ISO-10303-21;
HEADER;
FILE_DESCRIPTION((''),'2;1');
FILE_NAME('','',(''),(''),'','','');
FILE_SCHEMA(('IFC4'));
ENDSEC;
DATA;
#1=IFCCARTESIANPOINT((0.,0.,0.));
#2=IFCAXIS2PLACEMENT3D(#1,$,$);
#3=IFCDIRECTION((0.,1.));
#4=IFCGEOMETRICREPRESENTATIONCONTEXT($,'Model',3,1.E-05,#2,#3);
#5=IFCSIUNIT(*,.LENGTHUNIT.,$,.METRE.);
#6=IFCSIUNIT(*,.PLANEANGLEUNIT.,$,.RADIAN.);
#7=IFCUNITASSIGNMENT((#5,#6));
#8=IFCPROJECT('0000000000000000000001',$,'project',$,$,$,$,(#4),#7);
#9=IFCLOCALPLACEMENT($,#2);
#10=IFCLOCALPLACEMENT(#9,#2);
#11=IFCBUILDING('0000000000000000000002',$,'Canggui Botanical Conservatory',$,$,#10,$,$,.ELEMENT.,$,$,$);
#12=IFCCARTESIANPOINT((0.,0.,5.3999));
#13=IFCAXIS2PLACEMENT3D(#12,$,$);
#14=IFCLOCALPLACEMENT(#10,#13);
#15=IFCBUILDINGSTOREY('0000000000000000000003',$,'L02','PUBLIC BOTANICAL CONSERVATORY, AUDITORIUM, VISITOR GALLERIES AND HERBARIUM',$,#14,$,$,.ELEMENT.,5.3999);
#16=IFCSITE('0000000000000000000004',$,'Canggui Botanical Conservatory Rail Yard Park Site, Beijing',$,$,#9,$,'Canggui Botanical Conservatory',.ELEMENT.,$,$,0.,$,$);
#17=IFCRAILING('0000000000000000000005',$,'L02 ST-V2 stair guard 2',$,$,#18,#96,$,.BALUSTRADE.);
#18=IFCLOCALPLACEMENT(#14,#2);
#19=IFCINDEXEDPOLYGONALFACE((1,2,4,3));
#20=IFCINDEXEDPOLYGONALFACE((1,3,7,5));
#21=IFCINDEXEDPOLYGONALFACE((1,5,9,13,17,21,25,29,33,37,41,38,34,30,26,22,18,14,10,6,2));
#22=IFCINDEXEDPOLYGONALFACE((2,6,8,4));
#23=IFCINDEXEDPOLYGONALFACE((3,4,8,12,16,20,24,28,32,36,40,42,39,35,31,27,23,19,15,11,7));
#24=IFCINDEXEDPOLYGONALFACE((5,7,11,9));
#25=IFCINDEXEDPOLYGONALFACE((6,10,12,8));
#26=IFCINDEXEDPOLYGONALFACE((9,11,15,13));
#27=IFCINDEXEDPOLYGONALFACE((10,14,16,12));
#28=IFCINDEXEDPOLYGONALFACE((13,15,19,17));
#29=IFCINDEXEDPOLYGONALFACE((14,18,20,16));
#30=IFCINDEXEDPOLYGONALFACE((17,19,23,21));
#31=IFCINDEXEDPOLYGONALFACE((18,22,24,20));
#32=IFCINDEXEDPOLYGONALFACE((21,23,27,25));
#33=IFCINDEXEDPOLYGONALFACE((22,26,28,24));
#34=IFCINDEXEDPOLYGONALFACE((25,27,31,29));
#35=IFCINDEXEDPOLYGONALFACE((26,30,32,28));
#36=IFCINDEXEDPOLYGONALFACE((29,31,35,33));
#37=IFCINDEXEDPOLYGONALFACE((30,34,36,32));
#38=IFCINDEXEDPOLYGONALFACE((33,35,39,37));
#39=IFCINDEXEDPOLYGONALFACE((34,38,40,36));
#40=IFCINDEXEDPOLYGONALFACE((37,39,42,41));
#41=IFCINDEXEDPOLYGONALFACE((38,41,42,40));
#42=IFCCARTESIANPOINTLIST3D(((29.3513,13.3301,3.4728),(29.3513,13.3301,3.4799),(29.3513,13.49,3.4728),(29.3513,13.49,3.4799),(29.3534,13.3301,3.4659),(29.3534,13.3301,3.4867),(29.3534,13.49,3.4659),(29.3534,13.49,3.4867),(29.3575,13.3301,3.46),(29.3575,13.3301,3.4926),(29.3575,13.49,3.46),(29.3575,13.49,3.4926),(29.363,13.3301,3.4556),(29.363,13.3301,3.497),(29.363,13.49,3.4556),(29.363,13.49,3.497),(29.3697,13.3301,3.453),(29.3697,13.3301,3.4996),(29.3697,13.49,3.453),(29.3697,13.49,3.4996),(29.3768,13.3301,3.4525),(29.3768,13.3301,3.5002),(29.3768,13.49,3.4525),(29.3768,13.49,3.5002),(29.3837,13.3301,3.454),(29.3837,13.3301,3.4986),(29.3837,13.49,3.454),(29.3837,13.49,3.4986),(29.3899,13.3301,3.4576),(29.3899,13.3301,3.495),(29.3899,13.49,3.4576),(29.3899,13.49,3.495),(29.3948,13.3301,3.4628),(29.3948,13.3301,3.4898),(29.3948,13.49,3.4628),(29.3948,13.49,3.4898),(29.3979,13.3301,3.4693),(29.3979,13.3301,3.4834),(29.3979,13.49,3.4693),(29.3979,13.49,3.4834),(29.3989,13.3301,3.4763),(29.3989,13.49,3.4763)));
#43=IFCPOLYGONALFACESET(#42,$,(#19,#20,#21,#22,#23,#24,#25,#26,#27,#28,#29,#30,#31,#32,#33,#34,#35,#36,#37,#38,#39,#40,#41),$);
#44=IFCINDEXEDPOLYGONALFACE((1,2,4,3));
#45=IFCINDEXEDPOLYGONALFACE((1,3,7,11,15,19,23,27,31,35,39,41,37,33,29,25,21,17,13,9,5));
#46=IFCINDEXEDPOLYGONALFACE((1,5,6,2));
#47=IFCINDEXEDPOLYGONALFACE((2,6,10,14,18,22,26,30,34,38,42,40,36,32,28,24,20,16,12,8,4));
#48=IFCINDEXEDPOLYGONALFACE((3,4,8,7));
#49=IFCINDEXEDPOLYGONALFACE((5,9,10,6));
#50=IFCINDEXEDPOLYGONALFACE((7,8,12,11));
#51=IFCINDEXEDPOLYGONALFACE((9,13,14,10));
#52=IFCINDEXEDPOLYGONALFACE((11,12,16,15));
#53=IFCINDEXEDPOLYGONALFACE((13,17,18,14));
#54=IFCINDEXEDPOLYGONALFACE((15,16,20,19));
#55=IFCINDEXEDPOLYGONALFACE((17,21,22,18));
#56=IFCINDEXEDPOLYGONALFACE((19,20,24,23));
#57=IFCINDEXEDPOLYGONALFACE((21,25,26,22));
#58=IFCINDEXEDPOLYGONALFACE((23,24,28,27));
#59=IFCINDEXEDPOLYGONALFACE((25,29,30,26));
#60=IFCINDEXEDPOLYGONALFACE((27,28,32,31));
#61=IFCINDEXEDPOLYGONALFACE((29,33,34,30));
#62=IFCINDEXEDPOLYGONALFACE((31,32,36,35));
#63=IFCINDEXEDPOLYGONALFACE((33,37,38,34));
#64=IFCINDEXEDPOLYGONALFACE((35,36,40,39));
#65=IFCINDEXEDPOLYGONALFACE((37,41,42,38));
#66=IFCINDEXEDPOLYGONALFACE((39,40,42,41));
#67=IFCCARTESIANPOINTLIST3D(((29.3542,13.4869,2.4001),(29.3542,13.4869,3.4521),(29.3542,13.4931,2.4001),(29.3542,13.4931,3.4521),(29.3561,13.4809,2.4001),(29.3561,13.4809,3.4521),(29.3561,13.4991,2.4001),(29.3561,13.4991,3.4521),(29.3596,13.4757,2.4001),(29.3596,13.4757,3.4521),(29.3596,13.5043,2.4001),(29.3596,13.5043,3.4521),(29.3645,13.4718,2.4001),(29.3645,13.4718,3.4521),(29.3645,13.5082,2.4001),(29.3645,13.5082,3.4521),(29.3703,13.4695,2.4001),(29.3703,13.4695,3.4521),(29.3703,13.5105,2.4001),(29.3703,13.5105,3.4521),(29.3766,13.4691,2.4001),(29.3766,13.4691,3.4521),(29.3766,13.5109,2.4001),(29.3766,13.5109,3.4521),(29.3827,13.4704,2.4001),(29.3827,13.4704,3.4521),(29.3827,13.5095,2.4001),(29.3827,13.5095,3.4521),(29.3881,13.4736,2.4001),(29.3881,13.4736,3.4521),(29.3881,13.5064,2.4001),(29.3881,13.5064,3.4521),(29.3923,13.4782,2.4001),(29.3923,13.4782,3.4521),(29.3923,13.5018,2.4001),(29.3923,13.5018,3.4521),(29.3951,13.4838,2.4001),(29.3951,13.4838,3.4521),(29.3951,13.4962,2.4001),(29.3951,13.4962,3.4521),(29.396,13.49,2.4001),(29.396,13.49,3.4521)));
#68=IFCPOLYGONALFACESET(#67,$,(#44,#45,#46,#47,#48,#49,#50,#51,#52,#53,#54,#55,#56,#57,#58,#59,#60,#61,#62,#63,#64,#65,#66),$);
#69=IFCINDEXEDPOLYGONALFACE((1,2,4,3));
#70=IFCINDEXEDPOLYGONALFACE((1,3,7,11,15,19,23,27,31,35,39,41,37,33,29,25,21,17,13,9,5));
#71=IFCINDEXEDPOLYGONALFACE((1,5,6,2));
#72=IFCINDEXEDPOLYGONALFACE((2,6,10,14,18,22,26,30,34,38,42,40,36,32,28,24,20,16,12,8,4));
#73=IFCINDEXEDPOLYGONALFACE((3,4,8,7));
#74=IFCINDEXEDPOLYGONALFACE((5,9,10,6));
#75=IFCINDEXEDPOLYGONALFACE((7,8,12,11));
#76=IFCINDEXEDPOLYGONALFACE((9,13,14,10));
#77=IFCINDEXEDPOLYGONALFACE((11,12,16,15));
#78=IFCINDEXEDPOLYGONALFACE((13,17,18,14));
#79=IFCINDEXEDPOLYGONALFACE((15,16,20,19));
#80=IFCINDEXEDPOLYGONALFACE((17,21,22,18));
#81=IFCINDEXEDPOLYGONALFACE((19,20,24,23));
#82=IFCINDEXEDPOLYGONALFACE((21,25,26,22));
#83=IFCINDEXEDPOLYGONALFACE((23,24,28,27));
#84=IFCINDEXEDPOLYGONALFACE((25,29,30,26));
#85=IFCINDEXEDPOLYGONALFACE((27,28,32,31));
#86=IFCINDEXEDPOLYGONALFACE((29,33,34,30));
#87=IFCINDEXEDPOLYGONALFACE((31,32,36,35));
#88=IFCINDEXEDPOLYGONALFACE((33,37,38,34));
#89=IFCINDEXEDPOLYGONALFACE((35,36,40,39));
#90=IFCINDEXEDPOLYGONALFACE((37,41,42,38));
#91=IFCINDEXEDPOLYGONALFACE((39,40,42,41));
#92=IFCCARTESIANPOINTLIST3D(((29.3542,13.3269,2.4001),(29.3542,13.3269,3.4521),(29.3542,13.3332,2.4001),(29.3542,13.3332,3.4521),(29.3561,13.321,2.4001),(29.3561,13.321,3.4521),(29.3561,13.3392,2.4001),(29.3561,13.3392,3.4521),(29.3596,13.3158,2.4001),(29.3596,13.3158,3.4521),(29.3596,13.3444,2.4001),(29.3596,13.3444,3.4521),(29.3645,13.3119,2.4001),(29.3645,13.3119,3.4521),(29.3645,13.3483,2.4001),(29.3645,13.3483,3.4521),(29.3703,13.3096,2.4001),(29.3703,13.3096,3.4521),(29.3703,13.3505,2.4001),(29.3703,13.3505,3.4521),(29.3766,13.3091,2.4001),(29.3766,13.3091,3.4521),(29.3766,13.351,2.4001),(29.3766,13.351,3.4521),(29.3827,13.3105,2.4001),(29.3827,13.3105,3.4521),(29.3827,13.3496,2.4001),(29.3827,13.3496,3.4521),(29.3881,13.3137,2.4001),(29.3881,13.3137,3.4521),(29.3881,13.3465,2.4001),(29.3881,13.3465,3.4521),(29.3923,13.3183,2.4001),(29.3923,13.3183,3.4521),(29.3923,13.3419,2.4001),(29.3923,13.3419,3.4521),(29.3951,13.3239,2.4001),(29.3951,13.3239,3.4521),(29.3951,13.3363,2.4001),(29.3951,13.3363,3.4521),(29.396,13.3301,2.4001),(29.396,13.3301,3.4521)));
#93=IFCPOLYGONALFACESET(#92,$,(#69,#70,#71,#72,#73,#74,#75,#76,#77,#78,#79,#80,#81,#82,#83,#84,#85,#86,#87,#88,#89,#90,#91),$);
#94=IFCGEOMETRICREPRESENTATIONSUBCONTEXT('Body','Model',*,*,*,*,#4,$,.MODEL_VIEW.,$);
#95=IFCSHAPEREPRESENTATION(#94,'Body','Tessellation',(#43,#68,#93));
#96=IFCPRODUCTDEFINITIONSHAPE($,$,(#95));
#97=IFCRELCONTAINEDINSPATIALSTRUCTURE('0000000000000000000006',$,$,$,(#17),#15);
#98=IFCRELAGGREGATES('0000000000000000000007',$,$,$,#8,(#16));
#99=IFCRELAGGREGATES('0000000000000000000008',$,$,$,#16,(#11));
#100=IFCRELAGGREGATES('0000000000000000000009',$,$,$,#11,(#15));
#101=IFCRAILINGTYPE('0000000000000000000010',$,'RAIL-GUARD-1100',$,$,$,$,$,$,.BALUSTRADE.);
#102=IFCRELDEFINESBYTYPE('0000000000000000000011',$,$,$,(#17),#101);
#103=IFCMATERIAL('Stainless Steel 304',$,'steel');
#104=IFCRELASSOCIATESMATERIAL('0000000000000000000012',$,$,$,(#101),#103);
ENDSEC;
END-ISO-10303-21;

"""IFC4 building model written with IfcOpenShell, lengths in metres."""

from ifc_helpers import new_model, si_unit, direction, frame, origin, origin_2d, place, context, subcontext, project, spatial, circle, extrude, material, type_object, element, save


model = new_model("IFC4")

# Units and contexts
model_context = context("Model", 3, precision=1e-05, world=origin(), true_north=direction((0.0, 1.0)))
body_context = subcontext(model_context, "Body", "Model", "MODEL_VIEW")
ifc_project = project(units=[si_unit("LENGTHUNIT", "METRE"), si_unit("PLANEANGLEUNIT", "RADIAN")], contexts=[model_context])

# Site, building, storey
site_placement = place(None, origin())
site = spatial("IfcSite", under=ifc_project, at=site_placement, Name="Canggui Botanical Conservatory Rail Yard Park Site, Beijing", LongName="Canggui Botanical Conservatory", CompositionType="ELEMENT", RefElevation=0.0)
building_placement = place(site_placement, origin())
building = spatial("IfcBuilding", under=site, at=building_placement, Name="Canggui Botanical Conservatory", CompositionType="ELEMENT")
storey_placement = place(building_placement, frame((0.0, 0.0, 5.3999)))
storey = spatial("IfcBuildingStorey", under=building, at=storey_placement, Name="L02", Description="PUBLIC BOTANICAL CONSERVATORY, AUDITORIUM, VISITOR GALLERIES AND HERBARIUM", CompositionType="ELEMENT", Elevation=5.3999)

# Railing
ifc_material_1 = material(Name="Stainless Steel 304", Category="steel")
railing_type_1 = type_object("IfcRailingType", Name="RAIL-GUARD-1100", PredefinedType="BALUSTRADE", material=ifc_material_1)
railing_1_placement = place(storey_placement, frame((29.375, 13.49, 2.4001)))
element("IfcRailing", 1, at=railing_1_placement, inside=storey, type_object=railing_type_1, Name="L02 ST-V2 stair guard 2", PredefinedType="BALUSTRADE", context=body_context, shape_type="SweptSolid", body=[
    extrude(circle(Radius=0.0239, at=origin_2d()), frame((0.0, 0.0, 1.0762), z_axis=(0.0, -1.0, 0.0), x_axis=(1.0, 0.0, 0.0)), (0.0, 0.0, 1.0), 0.1599),
    extrude(circle(Radius=0.021, at=origin_2d()), origin(), (0.0, 0.0, 1.0), 1.052),
    extrude(circle(Radius=0.021, at=origin_2d()), frame((0.0, -0.1599, 0.0)), (0.0, 0.0, 1.0), 1.052),
])

save(model, "model.ifc")
